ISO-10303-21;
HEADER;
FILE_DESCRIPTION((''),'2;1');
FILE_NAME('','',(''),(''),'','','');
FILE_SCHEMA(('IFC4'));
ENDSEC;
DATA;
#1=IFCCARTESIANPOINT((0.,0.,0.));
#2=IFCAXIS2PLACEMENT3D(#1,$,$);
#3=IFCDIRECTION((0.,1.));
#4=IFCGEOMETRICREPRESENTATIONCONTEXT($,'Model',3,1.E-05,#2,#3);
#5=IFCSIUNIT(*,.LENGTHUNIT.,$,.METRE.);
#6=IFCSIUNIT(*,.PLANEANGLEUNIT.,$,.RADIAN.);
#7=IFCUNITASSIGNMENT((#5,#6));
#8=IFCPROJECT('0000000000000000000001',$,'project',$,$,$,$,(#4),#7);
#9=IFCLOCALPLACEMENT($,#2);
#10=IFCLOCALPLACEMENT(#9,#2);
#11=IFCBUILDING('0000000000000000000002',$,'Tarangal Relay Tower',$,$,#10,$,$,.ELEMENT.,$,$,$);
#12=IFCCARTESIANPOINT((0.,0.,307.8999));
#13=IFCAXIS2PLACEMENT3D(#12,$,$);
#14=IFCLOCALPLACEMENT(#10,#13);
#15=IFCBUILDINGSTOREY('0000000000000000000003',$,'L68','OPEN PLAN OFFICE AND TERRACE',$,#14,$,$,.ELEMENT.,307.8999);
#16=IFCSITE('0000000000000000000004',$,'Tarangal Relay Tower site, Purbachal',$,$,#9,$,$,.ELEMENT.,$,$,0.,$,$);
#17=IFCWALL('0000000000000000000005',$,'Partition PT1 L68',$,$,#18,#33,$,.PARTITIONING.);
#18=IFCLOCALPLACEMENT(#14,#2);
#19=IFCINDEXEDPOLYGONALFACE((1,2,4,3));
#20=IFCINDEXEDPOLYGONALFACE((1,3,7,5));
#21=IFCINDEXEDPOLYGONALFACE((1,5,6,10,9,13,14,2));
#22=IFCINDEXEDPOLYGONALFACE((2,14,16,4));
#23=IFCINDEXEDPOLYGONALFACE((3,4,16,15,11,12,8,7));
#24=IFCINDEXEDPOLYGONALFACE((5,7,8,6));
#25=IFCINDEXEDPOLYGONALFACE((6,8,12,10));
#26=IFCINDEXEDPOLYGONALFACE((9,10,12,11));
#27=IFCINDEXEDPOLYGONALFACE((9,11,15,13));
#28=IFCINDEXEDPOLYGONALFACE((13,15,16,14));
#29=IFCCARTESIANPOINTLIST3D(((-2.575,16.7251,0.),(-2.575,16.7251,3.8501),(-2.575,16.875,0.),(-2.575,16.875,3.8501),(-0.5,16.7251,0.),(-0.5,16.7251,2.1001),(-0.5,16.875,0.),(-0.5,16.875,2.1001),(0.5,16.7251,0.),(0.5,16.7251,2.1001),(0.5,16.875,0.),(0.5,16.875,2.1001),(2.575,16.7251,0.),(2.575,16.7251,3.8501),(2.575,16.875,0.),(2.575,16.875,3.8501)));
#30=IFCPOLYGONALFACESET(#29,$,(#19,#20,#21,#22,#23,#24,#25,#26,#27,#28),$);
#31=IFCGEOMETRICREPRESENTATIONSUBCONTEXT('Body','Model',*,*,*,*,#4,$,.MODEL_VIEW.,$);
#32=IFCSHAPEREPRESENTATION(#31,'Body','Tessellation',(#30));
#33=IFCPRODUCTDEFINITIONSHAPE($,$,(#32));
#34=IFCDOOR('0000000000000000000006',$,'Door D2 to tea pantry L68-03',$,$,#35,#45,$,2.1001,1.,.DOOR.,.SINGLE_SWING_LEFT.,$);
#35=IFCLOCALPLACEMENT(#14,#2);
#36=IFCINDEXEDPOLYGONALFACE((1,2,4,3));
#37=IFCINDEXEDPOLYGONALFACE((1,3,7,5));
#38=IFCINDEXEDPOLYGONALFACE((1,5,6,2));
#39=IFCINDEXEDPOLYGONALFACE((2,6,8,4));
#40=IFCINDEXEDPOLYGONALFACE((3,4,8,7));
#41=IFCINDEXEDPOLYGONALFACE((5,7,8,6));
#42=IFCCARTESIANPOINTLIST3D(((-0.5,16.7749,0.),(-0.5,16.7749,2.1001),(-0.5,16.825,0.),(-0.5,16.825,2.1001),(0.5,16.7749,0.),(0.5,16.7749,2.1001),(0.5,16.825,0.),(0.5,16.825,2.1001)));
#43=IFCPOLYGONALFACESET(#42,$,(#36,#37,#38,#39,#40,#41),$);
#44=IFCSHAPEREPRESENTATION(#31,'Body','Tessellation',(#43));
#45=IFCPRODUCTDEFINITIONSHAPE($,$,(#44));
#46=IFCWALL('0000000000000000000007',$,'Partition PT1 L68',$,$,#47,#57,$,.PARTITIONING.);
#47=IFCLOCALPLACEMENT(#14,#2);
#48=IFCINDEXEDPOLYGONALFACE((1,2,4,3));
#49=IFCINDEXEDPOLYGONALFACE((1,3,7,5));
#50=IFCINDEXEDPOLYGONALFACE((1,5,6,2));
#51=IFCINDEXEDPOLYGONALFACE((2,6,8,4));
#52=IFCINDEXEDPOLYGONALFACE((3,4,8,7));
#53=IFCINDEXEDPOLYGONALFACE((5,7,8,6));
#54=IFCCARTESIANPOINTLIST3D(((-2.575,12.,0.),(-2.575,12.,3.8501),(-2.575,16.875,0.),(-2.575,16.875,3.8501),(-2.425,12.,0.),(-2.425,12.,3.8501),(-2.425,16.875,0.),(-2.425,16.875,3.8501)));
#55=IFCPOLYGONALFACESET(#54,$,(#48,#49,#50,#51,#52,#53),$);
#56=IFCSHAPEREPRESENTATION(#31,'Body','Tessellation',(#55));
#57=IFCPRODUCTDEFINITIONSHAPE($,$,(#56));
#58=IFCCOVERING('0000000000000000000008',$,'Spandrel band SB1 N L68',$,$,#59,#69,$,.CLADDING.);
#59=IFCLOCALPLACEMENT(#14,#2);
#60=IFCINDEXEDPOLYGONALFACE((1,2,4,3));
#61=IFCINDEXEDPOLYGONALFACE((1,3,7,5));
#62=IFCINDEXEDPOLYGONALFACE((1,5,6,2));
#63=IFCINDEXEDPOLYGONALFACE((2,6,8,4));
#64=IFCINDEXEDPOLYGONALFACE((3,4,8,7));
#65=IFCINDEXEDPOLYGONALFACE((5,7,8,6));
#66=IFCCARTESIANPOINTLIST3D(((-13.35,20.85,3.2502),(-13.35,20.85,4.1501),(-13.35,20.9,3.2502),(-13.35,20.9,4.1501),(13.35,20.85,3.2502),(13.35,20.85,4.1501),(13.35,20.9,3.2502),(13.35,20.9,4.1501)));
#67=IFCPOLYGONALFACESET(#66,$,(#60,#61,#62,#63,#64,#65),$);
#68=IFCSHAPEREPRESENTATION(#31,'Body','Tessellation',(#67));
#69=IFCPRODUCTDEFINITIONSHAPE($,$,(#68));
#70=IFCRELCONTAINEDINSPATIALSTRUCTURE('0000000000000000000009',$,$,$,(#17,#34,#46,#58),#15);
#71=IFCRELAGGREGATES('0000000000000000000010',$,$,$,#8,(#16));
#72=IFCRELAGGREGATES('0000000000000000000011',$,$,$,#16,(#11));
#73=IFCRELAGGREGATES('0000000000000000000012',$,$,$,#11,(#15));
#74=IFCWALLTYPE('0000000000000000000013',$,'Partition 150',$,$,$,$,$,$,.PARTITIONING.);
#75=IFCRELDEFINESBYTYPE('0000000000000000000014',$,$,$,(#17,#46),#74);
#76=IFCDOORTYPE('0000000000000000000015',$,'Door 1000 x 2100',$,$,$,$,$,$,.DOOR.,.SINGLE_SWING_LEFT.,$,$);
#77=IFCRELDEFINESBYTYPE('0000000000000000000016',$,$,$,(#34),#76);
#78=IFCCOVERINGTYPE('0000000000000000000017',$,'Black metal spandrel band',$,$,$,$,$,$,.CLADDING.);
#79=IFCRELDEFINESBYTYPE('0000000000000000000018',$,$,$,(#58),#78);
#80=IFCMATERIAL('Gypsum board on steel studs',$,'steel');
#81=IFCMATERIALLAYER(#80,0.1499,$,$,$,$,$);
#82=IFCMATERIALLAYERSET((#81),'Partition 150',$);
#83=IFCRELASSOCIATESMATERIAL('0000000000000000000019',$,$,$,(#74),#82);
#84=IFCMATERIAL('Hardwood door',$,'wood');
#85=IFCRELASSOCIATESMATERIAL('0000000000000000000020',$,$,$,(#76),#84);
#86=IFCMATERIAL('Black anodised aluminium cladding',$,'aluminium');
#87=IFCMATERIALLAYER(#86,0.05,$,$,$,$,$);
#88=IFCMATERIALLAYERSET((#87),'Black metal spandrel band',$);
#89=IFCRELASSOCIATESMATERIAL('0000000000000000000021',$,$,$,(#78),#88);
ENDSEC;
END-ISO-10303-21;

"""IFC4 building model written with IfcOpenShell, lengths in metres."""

from ifc_helpers import new_model, si_unit, direction, frame, frame_2d, origin, origin_2d, place, context, subcontext, project, spatial, rectangle, extrude, material, layer, layer_set, type_object, element, fill, save


model = new_model("IFC4")

# Units and contexts
model_context = context("Model", 3, precision=1e-05, world=origin(), true_north=direction((0.0, 1.0)))
body_context = subcontext(model_context, "Body", "Model", "MODEL_VIEW")
ifc_project = project(units=[si_unit("LENGTHUNIT", "METRE"), si_unit("PLANEANGLEUNIT", "RADIAN")], contexts=[model_context])

# Site, building, storey
site_placement = place(None, origin())
site = spatial("IfcSite", under=ifc_project, at=site_placement, Name="Tarangal Relay Tower site, Purbachal", CompositionType="ELEMENT", RefElevation=0.0)
building_placement = place(site_placement, origin())
building = spatial("IfcBuilding", under=site, at=building_placement, Name="Tarangal Relay Tower", CompositionType="ELEMENT")
storey_placement = place(building_placement, frame((0.0, 0.0, 307.8999)))
storey = spatial("IfcBuildingStorey", under=building, at=storey_placement, Name="L68", Description="OPEN PLAN OFFICE AND TERRACE", CompositionType="ELEMENT", Elevation=307.8999)

# Wall, opening, door
ifc_material_1 = material(Name="Gypsum board on steel studs", Category="steel")
ifc_layer_1 = layer(ifc_material_1, 0.1499)
ifc_layer_set_1 = layer_set([ifc_layer_1], Name="Partition 150")
wall_type_1 = type_object("IfcWallType", Name="Partition 150", PredefinedType="PARTITIONING", material=ifc_layer_set_1)
wall_1_placement = place(storey_placement, frame((-2.575, 16.8, 0.0), z_axis=(0.0, 0.0, 1.0), x_axis=(1.0, 0.0, 0.0)))
wall_1 = element("IfcWall", 1, at=wall_1_placement, inside=storey, type_object=wall_type_1, Name="Partition PT1 L68", PredefinedType="PARTITIONING", context=body_context, shape_type="SweptSolid", body=[
    extrude(rectangle(XDim=5.1499, YDim=0.1499, at=frame_2d((2.575, 0.0))), origin(), (0.0, 0.0, 1.0), 3.8501),
])
opening_placement = place(wall_1_placement, frame((2.075, 0.0, 0.0)))
opening = element("IfcOpeningElement", 2, at=opening_placement, cuts=wall_1, PredefinedType="OPENING", context=body_context, shape_type="SweptSolid", body=[
    extrude(rectangle(XDim=1.0, YDim=2.1001, at=frame_2d((0.5, 1.05))), frame((0.0, 0.085, 0.0), z_axis=(0.0, -1.0, 0.0), x_axis=(1.0, 0.0, 0.0)), (0.0, 0.0, 1.0), 0.1699),
])
ifc_material_2 = material(Name="Hardwood door", Category="wood")
door_type = type_object("IfcDoorType", Name="Door 1000 x 2100", OperationType="SINGLE_SWING_LEFT", PredefinedType="DOOR", material=ifc_material_2)
door_placement = place(opening_placement, origin())
door = element("IfcDoor", 3, at=door_placement, inside=storey, type_object=door_type, Name="Door D2 to tea pantry L68-03", OperationType="SINGLE_SWING_LEFT", OverallHeight=2.1001, OverallWidth=1.0, PredefinedType="DOOR", context=body_context, shape_type="SweptSolid", body=[
    extrude(rectangle(XDim=1.0, YDim=2.1001, at=frame_2d((0.5, 1.05))), frame((0.0, 0.0249, 0.0), z_axis=(0.0, -1.0, 0.0), x_axis=(1.0, 0.0, 0.0)), (0.0, 0.0, 1.0), 0.05),
])
fill(opening, door)

# Wall
wall_2_placement = place(storey_placement, frame((-2.5, 12.0, 0.0), z_axis=(0.0, 0.0, 1.0), x_axis=(0.0, 1.0, 0.0)))
element("IfcWall", 4, at=wall_2_placement, inside=storey, type_object=wall_type_1, Name="Partition PT1 L68", PredefinedType="PARTITIONING", context=body_context, shape_type="SweptSolid", body=[
    extrude(rectangle(XDim=4.875, YDim=0.1499, at=frame_2d((2.4375, 0.0))), origin(), (0.0, 0.0, 1.0), 3.8501),
])

# Covering
ifc_material_3 = material(Name="Black anodised aluminium cladding", Category="aluminium")
ifc_layer_2 = layer(ifc_material_3, 0.05)
ifc_layer_set_2 = layer_set([ifc_layer_2], Name="Black metal spandrel band")
covering_type = type_object("IfcCoveringType", Name="Black metal spandrel band", PredefinedType="CLADDING", material=ifc_layer_set_2)
covering_placement = place(storey_placement, frame((0.0, 20.875, 3.2502), z_axis=(0.0, 0.0, 1.0), x_axis=(1.0, 0.0, 0.0)))
element("IfcCovering", 5, at=covering_placement, inside=storey, type_object=covering_type, Name="Spandrel band SB1 N L68", PredefinedType="CLADDING", context=body_context, shape_type="SweptSolid", body=[
    extrude(rectangle(XDim=26.7, YDim=0.05, at=origin_2d()), origin(), (0.0, 0.0, 1.0), 0.8999),
])

save(model, "model.ifc")
